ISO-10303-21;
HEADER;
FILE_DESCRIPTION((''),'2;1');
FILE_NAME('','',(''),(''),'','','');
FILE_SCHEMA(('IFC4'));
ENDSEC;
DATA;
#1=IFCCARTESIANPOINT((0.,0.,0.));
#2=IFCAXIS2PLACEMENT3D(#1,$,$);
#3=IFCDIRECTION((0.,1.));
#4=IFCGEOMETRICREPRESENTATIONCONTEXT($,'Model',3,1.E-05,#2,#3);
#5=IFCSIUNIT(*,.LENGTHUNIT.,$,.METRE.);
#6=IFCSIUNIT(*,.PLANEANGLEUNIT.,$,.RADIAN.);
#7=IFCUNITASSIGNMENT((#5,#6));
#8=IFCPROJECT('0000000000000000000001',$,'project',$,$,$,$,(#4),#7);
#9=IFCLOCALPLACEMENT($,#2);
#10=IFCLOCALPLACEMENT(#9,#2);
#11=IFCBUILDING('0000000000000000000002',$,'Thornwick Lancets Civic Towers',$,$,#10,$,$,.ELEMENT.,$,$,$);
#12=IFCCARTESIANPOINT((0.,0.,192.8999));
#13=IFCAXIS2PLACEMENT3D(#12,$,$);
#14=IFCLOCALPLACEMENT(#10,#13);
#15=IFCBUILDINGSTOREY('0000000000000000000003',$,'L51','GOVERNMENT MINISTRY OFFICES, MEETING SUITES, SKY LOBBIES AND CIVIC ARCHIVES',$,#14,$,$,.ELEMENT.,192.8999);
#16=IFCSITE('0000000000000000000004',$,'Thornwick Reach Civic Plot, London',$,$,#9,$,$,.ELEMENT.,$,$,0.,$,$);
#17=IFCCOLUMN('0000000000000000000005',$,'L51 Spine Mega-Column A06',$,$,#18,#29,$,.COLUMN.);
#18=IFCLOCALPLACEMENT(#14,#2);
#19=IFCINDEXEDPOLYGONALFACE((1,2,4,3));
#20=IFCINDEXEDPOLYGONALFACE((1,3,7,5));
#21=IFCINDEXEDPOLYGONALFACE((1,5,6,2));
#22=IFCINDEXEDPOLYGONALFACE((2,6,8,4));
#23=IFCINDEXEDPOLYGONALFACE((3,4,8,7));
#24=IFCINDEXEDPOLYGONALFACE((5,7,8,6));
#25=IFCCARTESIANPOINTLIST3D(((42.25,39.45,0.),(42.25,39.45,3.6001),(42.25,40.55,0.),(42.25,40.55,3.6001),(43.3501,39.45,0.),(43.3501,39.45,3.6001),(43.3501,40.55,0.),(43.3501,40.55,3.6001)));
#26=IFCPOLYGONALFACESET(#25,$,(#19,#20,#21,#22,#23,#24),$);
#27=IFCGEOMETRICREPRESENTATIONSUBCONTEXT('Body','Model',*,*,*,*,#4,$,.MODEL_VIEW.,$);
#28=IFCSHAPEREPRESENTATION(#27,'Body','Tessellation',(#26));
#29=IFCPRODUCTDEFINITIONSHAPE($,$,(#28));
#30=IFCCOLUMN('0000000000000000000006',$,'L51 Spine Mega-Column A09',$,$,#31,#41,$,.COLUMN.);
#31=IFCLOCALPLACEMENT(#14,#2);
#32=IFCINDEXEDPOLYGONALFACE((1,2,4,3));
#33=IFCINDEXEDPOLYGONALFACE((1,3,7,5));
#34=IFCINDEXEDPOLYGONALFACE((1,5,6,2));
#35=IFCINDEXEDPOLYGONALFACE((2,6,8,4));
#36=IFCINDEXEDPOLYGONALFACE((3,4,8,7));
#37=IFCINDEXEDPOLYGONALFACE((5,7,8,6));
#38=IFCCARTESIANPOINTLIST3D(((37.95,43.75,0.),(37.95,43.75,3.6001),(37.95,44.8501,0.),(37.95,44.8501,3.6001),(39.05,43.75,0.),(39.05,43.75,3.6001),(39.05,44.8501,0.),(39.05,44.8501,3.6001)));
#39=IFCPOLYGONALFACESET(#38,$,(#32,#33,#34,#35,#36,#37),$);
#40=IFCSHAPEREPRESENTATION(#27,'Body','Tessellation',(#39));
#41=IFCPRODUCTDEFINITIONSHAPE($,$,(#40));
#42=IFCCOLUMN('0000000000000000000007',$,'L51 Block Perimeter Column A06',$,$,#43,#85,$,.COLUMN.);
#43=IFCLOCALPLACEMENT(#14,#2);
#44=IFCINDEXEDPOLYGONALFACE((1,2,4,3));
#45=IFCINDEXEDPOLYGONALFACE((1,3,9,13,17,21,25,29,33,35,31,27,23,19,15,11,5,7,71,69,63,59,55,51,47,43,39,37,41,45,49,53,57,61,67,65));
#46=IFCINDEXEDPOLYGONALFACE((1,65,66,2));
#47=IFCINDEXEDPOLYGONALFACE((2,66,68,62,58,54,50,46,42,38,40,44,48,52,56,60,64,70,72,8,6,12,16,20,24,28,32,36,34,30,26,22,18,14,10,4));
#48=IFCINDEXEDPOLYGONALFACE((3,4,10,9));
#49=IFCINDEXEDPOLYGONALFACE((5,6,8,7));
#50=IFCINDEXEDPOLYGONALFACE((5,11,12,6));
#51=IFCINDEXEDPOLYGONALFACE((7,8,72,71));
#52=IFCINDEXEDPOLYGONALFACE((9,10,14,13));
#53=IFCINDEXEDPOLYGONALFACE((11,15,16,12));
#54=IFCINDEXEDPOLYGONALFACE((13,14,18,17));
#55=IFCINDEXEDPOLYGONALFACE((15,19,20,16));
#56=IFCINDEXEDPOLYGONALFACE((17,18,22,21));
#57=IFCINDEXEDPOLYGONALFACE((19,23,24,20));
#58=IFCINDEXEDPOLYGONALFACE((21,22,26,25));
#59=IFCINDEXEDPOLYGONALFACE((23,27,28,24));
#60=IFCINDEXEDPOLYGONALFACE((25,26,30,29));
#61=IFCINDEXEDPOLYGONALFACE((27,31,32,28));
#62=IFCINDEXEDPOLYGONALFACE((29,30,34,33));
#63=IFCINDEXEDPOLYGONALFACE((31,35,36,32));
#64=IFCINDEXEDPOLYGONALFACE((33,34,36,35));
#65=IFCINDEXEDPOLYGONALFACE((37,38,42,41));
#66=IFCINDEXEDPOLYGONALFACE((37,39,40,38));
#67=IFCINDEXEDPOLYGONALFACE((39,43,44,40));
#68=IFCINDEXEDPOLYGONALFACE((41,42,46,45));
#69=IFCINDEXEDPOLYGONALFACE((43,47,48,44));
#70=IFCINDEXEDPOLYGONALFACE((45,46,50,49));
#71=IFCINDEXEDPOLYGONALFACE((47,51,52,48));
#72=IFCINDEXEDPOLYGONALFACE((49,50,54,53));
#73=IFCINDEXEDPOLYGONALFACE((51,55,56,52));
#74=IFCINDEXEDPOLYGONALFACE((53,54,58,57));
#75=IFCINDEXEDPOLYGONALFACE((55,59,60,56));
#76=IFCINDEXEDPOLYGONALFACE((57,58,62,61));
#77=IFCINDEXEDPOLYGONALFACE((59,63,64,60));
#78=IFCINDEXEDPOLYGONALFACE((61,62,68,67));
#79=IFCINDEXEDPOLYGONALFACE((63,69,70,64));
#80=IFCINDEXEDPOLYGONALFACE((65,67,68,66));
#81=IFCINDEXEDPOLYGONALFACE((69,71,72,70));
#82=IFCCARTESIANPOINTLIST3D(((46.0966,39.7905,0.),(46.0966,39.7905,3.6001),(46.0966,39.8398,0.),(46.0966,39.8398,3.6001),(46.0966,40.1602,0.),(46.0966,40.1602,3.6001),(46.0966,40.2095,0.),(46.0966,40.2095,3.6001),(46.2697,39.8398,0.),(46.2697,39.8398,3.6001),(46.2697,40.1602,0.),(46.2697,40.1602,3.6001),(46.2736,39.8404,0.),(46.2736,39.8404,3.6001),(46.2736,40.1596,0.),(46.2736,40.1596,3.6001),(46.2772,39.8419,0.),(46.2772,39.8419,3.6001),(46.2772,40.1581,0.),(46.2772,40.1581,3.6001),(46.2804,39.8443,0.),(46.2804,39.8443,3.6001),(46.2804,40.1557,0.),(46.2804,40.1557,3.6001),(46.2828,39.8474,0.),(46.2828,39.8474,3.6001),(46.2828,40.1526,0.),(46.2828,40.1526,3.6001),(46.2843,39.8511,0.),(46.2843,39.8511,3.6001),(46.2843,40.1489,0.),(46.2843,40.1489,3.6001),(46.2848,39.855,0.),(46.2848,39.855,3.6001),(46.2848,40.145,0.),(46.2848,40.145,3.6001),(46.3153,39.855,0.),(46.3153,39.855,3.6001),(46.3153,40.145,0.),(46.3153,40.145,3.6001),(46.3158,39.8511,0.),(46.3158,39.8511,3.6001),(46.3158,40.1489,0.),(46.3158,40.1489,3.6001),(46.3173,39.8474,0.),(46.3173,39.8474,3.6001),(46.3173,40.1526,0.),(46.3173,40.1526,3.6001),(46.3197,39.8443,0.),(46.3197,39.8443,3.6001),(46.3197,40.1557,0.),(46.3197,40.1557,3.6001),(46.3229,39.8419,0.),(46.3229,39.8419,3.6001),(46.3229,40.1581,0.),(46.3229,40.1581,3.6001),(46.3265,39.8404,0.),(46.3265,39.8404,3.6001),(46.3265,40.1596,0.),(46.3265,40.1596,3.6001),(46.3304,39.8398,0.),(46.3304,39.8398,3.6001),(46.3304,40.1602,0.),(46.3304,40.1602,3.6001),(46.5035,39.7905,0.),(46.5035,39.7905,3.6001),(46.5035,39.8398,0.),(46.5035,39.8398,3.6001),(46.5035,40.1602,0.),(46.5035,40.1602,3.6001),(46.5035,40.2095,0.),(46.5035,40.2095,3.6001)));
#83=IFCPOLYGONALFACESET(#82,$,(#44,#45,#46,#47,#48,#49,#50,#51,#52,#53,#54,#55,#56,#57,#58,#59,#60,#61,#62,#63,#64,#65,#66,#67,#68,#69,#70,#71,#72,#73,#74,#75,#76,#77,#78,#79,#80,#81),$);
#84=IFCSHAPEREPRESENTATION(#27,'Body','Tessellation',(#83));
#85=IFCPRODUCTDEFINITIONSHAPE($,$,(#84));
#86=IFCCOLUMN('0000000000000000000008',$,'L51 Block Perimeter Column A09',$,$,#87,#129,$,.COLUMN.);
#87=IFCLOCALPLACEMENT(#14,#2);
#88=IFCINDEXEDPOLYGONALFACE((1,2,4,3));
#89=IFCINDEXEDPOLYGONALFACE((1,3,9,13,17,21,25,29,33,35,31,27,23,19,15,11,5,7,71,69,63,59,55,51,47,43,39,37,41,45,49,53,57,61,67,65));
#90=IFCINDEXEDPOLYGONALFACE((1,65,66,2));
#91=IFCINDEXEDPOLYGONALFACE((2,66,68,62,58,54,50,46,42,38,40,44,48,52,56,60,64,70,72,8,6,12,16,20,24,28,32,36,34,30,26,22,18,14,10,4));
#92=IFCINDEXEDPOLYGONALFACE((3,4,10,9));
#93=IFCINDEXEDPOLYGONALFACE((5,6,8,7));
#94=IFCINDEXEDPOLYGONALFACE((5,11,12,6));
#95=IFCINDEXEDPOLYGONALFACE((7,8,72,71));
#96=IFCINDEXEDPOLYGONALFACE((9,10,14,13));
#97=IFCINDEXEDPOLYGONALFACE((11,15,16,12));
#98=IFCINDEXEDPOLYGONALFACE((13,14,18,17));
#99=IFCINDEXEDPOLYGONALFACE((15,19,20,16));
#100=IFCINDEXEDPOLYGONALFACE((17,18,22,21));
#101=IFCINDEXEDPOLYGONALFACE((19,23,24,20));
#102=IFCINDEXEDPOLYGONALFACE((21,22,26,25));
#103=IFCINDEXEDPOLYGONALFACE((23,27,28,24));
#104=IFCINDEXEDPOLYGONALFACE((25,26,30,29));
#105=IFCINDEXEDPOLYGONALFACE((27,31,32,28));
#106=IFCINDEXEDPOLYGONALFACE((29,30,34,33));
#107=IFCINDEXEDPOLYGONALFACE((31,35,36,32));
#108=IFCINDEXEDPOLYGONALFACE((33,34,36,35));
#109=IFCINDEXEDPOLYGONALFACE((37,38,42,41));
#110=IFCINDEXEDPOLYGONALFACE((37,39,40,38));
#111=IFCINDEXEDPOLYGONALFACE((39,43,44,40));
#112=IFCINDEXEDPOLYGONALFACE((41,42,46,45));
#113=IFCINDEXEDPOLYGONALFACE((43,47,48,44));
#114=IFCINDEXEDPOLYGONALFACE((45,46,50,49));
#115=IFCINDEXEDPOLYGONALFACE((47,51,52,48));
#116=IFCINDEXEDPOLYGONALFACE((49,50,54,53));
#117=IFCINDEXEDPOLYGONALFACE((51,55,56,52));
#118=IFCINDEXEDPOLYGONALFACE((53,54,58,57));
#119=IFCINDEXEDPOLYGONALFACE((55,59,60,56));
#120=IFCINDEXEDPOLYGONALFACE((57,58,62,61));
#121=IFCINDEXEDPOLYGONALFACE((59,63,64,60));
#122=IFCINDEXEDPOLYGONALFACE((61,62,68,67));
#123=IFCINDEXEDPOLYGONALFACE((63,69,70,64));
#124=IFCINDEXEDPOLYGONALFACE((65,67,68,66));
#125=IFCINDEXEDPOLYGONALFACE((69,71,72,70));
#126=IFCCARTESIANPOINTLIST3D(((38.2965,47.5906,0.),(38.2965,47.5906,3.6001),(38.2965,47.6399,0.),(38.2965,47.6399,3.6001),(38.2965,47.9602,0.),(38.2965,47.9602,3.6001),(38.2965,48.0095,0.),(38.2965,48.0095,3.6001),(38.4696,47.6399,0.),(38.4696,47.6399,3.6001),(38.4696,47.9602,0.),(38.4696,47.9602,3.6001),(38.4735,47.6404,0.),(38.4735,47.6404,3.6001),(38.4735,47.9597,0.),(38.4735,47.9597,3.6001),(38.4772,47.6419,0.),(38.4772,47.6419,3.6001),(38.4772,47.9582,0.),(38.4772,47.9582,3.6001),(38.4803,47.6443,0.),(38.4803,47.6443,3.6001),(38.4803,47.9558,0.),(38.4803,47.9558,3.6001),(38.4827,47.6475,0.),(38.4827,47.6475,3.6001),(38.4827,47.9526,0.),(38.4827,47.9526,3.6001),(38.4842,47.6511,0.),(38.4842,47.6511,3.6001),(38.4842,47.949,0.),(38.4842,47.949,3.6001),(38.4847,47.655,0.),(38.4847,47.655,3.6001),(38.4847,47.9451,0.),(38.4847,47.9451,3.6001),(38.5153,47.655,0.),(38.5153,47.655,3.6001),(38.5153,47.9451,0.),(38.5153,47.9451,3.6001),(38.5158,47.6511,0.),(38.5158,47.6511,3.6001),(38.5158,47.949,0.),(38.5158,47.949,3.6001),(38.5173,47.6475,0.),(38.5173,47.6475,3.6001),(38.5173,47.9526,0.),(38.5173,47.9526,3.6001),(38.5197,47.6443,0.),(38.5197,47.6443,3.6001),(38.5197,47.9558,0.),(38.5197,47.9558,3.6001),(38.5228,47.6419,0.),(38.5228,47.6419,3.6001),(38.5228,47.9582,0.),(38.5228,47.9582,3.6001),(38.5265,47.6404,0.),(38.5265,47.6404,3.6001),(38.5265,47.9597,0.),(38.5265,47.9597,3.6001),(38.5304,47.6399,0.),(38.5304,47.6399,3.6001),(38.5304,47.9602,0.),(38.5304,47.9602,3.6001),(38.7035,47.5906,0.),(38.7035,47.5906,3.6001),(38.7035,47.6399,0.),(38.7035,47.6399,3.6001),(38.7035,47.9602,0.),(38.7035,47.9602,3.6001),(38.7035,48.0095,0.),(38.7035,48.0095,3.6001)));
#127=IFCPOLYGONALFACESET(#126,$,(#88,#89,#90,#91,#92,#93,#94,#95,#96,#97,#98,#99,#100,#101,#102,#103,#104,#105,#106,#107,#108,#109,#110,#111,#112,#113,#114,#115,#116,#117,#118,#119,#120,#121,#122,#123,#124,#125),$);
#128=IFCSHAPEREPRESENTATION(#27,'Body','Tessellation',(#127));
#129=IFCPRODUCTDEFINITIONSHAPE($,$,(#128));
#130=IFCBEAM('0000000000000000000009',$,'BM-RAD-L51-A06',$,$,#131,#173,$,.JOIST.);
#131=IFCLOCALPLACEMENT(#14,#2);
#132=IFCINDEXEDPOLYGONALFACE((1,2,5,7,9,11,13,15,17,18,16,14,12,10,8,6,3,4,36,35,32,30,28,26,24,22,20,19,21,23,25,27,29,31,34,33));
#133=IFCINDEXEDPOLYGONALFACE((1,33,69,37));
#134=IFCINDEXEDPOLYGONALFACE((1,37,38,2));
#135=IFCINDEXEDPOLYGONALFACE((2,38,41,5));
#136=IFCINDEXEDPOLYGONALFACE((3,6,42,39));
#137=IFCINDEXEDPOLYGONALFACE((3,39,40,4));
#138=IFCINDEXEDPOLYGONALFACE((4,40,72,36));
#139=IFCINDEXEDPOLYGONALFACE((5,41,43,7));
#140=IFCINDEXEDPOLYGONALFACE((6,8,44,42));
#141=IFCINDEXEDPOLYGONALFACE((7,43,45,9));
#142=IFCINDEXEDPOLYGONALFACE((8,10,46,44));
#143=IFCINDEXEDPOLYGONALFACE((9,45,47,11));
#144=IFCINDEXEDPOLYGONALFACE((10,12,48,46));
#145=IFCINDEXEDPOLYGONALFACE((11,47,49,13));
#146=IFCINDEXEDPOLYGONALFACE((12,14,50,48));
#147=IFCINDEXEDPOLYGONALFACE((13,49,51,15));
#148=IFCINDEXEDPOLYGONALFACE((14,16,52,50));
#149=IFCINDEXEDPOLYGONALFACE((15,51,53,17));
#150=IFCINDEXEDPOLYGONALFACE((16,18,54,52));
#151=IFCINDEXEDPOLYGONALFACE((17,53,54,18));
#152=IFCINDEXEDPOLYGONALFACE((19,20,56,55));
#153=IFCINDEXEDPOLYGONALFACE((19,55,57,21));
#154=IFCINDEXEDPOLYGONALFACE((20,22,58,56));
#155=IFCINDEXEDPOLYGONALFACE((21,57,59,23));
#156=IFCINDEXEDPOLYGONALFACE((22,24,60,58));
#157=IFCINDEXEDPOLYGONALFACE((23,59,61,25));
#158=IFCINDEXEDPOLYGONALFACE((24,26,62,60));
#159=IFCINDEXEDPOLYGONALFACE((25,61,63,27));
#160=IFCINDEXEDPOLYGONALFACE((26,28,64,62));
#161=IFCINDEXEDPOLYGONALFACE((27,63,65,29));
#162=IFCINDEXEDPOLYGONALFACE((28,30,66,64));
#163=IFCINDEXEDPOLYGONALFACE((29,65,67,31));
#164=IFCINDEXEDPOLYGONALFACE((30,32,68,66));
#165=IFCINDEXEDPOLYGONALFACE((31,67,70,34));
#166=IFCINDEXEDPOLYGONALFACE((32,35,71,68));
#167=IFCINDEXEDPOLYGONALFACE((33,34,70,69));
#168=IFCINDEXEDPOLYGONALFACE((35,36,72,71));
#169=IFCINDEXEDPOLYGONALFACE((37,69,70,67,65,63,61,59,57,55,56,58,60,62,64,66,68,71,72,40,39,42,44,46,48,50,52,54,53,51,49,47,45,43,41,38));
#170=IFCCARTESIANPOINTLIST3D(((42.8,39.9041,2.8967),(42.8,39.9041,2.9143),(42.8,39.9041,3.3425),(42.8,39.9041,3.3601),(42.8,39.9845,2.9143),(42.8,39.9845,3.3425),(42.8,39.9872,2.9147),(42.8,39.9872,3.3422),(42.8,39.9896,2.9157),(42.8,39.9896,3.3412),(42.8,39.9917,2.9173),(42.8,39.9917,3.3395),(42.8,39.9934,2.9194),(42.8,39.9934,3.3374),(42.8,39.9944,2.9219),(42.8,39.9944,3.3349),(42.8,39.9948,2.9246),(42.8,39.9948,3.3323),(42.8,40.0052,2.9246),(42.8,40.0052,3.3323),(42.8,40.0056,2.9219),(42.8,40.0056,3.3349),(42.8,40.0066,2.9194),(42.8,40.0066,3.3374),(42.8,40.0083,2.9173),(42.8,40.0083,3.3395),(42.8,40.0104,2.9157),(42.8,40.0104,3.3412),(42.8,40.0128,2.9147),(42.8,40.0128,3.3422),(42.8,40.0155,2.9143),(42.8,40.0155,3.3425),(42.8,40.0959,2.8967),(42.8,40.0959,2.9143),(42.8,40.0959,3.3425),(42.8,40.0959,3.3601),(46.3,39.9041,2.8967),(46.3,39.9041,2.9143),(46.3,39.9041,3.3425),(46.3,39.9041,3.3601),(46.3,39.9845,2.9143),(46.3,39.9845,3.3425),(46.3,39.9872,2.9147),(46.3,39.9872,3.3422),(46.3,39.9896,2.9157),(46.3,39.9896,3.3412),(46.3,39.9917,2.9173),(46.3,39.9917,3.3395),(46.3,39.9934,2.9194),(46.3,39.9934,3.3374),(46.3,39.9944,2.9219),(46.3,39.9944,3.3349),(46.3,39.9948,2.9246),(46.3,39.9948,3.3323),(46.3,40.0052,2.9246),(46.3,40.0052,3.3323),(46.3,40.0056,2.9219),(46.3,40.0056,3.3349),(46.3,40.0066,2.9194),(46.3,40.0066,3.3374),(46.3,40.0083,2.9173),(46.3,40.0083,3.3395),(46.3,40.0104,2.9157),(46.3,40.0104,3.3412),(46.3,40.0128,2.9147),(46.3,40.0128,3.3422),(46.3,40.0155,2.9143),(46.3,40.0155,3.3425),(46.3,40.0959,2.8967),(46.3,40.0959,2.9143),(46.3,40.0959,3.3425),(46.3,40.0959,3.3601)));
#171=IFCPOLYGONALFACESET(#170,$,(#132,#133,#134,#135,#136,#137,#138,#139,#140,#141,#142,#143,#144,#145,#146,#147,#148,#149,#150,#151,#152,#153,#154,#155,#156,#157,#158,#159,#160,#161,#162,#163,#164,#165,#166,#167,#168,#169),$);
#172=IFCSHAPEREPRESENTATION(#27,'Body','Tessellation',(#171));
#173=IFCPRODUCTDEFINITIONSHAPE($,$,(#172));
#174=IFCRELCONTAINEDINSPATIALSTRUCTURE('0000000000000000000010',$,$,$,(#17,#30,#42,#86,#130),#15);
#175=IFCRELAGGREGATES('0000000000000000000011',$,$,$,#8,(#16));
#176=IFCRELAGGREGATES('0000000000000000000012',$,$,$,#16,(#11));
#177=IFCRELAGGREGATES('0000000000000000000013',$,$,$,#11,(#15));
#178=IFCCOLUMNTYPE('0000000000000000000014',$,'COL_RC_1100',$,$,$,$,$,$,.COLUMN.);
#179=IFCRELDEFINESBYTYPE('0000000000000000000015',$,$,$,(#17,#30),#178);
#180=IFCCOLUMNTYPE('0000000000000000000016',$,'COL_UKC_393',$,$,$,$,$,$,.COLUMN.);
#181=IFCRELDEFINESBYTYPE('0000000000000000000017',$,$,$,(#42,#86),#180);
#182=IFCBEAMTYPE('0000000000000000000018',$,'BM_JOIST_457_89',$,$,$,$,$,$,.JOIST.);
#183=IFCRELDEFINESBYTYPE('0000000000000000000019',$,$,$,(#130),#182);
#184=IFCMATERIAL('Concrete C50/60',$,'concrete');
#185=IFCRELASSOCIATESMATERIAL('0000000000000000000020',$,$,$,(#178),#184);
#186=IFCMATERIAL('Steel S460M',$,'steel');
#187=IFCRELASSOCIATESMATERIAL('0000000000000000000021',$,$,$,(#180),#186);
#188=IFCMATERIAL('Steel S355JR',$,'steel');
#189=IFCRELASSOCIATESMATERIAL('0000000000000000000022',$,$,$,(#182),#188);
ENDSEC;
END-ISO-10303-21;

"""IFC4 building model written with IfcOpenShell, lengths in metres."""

from ifc_helpers import new_model, si_unit, direction, frame, origin, origin_2d, place, context, subcontext, project, spatial, rectangle, i_section, extrude, material, material_profile, profile_set, type_object, element, save


model = new_model("IFC4")

# Units and contexts
model_context = context("Model", 3, precision=1e-05, world=origin(), true_north=direction((0.0, 1.0)))
body_context = subcontext(model_context, "Body", "Model", "MODEL_VIEW")
ifc_project = project(units=[si_unit("LENGTHUNIT", "METRE"), si_unit("PLANEANGLEUNIT", "RADIAN")], contexts=[model_context])

# Site, building, storey
site_placement = place(None, origin())
site = spatial("IfcSite", under=ifc_project, at=site_placement, Name="Thornwick Reach Civic Plot, London", CompositionType="ELEMENT", RefElevation=0.0)
building_placement = place(site_placement, origin())
building = spatial("IfcBuilding", under=site, at=building_placement, Name="Thornwick Lancets Civic Towers", CompositionType="ELEMENT")
storey_placement = place(building_placement, frame((0.0, 0.0, 192.8999)))
storey = spatial("IfcBuildingStorey", under=building, at=storey_placement, Name="L51", Description="GOVERNMENT MINISTRY OFFICES, MEETING SUITES, SKY LOBBIES AND CIVIC ARCHIVES", CompositionType="ELEMENT", Elevation=192.8999)

# Columns
ifc_material_1 = material(Name="Concrete C50/60", Category="concrete")
ifc_material_profile_1 = material_profile(ifc_material_1, rectangle(XDim=1.1001, YDim=1.1001, at=origin_2d()), Name="RC 1100x1100")
ifc_profile_set_1 = profile_set([ifc_material_profile_1], Name="Concrete C50/60")
column_type_1 = type_object("IfcColumnType", Name="COL_RC_1100", PredefinedType="COLUMN", material=ifc_profile_set_1)
for number, where, z_axis, x_axis, name in (
    (1, (42.8, 40.0, 0.0), (0.0, 0.0, 1.0), (1.0, 0.0, 0.0), "L51 Spine Mega-Column A06"),
    (2, (38.5, 44.3, 0.0), (0.0, 0.0, 1.0), (1.0, 0.0, 0.0), "L51 Spine Mega-Column A09"),
):
    element("IfcColumn", number, at=place(storey_placement, frame(where, z_axis=z_axis, x_axis=x_axis)), inside=storey, type_object=column_type_1, Name=name, PredefinedType="COLUMN", context=body_context, shape_type="SweptSolid", body=[
        extrude(rectangle(XDim=1.1001, YDim=1.1001, at=origin_2d()), origin(), (0.0, 0.0, 1.0), 3.6001),
    ])
ifc_material_2 = material(Name="Steel S460M", Category="steel")
ifc_material_profile_2 = material_profile(ifc_material_2, i_section(OverallWidth=0.407, OverallDepth=0.4189, WebThickness=0.0305, FlangeThickness=0.0493, FilletRadius=0.0151, at=origin_2d()), Name="UKC 356x406x393")
ifc_profile_set_2 = profile_set([ifc_material_profile_2], Name="Steel S460M")
column_type_2 = type_object("IfcColumnType", Name="COL_UKC_393", PredefinedType="COLUMN", material=ifc_profile_set_2)
for number, where, z_axis, x_axis, name in (
    (3, (46.3, 40.0, 0.0), (0.0, 0.0, 1.0), (1.0, 0.0, 0.0), "L51 Block Perimeter Column A06"),
    (4, (38.5, 47.8, 0.0), (0.0, 0.0, 1.0), (1.0, 0.0, 0.0), "L51 Block Perimeter Column A09"),
):
    element("IfcColumn", number, at=place(storey_placement, frame(where, z_axis=z_axis, x_axis=x_axis)), inside=storey, type_object=column_type_2, Name=name, PredefinedType="COLUMN", context=body_context, shape_type="SweptSolid", body=[
        extrude(i_section(OverallWidth=0.407, OverallDepth=0.4189, WebThickness=0.0305, FlangeThickness=0.0493, FilletRadius=0.0151, at=origin_2d()), origin(), (0.0, 0.0, 1.0), 3.6001),
    ])

# Beam
ifc_material_3 = material(Name="Steel S355JR", Category="steel")
ifc_material_profile_3 = material_profile(ifc_material_3, i_section(OverallWidth=0.1919, OverallDepth=0.4634, WebThickness=0.0105, FlangeThickness=0.0176, FilletRadius=0.0103, at=origin_2d()), Name="UKB 457x191x89")
ifc_profile_set_3 = profile_set([ifc_material_profile_3], Name="Steel S355JR")
beam_type_1 = type_object("IfcBeamType", Name="BM_JOIST_457_89", PredefinedType="JOIST", material=ifc_profile_set_3)
for number, where, z_axis, x_axis, name in (
    (5, (42.8, 40.0, 3.1284), (1.0, 0.0, 0.0), (0.0, 1.0, 0.0), "BM-RAD-L51-A06"),
):
    element("IfcBeam", number, at=place(storey_placement, frame(where, z_axis=z_axis, x_axis=x_axis)), inside=storey, type_object=beam_type_1, Name=name, PredefinedType="JOIST", context=body_context, shape_type="SweptSolid", body=[
        extrude(i_section(OverallWidth=0.1919, OverallDepth=0.4634, WebThickness=0.0105, FlangeThickness=0.0176, FilletRadius=0.0103, at=origin_2d()), origin(), (0.0, 0.0, 1.0), 3.5),
    ])

save(model, "model.ifc")
